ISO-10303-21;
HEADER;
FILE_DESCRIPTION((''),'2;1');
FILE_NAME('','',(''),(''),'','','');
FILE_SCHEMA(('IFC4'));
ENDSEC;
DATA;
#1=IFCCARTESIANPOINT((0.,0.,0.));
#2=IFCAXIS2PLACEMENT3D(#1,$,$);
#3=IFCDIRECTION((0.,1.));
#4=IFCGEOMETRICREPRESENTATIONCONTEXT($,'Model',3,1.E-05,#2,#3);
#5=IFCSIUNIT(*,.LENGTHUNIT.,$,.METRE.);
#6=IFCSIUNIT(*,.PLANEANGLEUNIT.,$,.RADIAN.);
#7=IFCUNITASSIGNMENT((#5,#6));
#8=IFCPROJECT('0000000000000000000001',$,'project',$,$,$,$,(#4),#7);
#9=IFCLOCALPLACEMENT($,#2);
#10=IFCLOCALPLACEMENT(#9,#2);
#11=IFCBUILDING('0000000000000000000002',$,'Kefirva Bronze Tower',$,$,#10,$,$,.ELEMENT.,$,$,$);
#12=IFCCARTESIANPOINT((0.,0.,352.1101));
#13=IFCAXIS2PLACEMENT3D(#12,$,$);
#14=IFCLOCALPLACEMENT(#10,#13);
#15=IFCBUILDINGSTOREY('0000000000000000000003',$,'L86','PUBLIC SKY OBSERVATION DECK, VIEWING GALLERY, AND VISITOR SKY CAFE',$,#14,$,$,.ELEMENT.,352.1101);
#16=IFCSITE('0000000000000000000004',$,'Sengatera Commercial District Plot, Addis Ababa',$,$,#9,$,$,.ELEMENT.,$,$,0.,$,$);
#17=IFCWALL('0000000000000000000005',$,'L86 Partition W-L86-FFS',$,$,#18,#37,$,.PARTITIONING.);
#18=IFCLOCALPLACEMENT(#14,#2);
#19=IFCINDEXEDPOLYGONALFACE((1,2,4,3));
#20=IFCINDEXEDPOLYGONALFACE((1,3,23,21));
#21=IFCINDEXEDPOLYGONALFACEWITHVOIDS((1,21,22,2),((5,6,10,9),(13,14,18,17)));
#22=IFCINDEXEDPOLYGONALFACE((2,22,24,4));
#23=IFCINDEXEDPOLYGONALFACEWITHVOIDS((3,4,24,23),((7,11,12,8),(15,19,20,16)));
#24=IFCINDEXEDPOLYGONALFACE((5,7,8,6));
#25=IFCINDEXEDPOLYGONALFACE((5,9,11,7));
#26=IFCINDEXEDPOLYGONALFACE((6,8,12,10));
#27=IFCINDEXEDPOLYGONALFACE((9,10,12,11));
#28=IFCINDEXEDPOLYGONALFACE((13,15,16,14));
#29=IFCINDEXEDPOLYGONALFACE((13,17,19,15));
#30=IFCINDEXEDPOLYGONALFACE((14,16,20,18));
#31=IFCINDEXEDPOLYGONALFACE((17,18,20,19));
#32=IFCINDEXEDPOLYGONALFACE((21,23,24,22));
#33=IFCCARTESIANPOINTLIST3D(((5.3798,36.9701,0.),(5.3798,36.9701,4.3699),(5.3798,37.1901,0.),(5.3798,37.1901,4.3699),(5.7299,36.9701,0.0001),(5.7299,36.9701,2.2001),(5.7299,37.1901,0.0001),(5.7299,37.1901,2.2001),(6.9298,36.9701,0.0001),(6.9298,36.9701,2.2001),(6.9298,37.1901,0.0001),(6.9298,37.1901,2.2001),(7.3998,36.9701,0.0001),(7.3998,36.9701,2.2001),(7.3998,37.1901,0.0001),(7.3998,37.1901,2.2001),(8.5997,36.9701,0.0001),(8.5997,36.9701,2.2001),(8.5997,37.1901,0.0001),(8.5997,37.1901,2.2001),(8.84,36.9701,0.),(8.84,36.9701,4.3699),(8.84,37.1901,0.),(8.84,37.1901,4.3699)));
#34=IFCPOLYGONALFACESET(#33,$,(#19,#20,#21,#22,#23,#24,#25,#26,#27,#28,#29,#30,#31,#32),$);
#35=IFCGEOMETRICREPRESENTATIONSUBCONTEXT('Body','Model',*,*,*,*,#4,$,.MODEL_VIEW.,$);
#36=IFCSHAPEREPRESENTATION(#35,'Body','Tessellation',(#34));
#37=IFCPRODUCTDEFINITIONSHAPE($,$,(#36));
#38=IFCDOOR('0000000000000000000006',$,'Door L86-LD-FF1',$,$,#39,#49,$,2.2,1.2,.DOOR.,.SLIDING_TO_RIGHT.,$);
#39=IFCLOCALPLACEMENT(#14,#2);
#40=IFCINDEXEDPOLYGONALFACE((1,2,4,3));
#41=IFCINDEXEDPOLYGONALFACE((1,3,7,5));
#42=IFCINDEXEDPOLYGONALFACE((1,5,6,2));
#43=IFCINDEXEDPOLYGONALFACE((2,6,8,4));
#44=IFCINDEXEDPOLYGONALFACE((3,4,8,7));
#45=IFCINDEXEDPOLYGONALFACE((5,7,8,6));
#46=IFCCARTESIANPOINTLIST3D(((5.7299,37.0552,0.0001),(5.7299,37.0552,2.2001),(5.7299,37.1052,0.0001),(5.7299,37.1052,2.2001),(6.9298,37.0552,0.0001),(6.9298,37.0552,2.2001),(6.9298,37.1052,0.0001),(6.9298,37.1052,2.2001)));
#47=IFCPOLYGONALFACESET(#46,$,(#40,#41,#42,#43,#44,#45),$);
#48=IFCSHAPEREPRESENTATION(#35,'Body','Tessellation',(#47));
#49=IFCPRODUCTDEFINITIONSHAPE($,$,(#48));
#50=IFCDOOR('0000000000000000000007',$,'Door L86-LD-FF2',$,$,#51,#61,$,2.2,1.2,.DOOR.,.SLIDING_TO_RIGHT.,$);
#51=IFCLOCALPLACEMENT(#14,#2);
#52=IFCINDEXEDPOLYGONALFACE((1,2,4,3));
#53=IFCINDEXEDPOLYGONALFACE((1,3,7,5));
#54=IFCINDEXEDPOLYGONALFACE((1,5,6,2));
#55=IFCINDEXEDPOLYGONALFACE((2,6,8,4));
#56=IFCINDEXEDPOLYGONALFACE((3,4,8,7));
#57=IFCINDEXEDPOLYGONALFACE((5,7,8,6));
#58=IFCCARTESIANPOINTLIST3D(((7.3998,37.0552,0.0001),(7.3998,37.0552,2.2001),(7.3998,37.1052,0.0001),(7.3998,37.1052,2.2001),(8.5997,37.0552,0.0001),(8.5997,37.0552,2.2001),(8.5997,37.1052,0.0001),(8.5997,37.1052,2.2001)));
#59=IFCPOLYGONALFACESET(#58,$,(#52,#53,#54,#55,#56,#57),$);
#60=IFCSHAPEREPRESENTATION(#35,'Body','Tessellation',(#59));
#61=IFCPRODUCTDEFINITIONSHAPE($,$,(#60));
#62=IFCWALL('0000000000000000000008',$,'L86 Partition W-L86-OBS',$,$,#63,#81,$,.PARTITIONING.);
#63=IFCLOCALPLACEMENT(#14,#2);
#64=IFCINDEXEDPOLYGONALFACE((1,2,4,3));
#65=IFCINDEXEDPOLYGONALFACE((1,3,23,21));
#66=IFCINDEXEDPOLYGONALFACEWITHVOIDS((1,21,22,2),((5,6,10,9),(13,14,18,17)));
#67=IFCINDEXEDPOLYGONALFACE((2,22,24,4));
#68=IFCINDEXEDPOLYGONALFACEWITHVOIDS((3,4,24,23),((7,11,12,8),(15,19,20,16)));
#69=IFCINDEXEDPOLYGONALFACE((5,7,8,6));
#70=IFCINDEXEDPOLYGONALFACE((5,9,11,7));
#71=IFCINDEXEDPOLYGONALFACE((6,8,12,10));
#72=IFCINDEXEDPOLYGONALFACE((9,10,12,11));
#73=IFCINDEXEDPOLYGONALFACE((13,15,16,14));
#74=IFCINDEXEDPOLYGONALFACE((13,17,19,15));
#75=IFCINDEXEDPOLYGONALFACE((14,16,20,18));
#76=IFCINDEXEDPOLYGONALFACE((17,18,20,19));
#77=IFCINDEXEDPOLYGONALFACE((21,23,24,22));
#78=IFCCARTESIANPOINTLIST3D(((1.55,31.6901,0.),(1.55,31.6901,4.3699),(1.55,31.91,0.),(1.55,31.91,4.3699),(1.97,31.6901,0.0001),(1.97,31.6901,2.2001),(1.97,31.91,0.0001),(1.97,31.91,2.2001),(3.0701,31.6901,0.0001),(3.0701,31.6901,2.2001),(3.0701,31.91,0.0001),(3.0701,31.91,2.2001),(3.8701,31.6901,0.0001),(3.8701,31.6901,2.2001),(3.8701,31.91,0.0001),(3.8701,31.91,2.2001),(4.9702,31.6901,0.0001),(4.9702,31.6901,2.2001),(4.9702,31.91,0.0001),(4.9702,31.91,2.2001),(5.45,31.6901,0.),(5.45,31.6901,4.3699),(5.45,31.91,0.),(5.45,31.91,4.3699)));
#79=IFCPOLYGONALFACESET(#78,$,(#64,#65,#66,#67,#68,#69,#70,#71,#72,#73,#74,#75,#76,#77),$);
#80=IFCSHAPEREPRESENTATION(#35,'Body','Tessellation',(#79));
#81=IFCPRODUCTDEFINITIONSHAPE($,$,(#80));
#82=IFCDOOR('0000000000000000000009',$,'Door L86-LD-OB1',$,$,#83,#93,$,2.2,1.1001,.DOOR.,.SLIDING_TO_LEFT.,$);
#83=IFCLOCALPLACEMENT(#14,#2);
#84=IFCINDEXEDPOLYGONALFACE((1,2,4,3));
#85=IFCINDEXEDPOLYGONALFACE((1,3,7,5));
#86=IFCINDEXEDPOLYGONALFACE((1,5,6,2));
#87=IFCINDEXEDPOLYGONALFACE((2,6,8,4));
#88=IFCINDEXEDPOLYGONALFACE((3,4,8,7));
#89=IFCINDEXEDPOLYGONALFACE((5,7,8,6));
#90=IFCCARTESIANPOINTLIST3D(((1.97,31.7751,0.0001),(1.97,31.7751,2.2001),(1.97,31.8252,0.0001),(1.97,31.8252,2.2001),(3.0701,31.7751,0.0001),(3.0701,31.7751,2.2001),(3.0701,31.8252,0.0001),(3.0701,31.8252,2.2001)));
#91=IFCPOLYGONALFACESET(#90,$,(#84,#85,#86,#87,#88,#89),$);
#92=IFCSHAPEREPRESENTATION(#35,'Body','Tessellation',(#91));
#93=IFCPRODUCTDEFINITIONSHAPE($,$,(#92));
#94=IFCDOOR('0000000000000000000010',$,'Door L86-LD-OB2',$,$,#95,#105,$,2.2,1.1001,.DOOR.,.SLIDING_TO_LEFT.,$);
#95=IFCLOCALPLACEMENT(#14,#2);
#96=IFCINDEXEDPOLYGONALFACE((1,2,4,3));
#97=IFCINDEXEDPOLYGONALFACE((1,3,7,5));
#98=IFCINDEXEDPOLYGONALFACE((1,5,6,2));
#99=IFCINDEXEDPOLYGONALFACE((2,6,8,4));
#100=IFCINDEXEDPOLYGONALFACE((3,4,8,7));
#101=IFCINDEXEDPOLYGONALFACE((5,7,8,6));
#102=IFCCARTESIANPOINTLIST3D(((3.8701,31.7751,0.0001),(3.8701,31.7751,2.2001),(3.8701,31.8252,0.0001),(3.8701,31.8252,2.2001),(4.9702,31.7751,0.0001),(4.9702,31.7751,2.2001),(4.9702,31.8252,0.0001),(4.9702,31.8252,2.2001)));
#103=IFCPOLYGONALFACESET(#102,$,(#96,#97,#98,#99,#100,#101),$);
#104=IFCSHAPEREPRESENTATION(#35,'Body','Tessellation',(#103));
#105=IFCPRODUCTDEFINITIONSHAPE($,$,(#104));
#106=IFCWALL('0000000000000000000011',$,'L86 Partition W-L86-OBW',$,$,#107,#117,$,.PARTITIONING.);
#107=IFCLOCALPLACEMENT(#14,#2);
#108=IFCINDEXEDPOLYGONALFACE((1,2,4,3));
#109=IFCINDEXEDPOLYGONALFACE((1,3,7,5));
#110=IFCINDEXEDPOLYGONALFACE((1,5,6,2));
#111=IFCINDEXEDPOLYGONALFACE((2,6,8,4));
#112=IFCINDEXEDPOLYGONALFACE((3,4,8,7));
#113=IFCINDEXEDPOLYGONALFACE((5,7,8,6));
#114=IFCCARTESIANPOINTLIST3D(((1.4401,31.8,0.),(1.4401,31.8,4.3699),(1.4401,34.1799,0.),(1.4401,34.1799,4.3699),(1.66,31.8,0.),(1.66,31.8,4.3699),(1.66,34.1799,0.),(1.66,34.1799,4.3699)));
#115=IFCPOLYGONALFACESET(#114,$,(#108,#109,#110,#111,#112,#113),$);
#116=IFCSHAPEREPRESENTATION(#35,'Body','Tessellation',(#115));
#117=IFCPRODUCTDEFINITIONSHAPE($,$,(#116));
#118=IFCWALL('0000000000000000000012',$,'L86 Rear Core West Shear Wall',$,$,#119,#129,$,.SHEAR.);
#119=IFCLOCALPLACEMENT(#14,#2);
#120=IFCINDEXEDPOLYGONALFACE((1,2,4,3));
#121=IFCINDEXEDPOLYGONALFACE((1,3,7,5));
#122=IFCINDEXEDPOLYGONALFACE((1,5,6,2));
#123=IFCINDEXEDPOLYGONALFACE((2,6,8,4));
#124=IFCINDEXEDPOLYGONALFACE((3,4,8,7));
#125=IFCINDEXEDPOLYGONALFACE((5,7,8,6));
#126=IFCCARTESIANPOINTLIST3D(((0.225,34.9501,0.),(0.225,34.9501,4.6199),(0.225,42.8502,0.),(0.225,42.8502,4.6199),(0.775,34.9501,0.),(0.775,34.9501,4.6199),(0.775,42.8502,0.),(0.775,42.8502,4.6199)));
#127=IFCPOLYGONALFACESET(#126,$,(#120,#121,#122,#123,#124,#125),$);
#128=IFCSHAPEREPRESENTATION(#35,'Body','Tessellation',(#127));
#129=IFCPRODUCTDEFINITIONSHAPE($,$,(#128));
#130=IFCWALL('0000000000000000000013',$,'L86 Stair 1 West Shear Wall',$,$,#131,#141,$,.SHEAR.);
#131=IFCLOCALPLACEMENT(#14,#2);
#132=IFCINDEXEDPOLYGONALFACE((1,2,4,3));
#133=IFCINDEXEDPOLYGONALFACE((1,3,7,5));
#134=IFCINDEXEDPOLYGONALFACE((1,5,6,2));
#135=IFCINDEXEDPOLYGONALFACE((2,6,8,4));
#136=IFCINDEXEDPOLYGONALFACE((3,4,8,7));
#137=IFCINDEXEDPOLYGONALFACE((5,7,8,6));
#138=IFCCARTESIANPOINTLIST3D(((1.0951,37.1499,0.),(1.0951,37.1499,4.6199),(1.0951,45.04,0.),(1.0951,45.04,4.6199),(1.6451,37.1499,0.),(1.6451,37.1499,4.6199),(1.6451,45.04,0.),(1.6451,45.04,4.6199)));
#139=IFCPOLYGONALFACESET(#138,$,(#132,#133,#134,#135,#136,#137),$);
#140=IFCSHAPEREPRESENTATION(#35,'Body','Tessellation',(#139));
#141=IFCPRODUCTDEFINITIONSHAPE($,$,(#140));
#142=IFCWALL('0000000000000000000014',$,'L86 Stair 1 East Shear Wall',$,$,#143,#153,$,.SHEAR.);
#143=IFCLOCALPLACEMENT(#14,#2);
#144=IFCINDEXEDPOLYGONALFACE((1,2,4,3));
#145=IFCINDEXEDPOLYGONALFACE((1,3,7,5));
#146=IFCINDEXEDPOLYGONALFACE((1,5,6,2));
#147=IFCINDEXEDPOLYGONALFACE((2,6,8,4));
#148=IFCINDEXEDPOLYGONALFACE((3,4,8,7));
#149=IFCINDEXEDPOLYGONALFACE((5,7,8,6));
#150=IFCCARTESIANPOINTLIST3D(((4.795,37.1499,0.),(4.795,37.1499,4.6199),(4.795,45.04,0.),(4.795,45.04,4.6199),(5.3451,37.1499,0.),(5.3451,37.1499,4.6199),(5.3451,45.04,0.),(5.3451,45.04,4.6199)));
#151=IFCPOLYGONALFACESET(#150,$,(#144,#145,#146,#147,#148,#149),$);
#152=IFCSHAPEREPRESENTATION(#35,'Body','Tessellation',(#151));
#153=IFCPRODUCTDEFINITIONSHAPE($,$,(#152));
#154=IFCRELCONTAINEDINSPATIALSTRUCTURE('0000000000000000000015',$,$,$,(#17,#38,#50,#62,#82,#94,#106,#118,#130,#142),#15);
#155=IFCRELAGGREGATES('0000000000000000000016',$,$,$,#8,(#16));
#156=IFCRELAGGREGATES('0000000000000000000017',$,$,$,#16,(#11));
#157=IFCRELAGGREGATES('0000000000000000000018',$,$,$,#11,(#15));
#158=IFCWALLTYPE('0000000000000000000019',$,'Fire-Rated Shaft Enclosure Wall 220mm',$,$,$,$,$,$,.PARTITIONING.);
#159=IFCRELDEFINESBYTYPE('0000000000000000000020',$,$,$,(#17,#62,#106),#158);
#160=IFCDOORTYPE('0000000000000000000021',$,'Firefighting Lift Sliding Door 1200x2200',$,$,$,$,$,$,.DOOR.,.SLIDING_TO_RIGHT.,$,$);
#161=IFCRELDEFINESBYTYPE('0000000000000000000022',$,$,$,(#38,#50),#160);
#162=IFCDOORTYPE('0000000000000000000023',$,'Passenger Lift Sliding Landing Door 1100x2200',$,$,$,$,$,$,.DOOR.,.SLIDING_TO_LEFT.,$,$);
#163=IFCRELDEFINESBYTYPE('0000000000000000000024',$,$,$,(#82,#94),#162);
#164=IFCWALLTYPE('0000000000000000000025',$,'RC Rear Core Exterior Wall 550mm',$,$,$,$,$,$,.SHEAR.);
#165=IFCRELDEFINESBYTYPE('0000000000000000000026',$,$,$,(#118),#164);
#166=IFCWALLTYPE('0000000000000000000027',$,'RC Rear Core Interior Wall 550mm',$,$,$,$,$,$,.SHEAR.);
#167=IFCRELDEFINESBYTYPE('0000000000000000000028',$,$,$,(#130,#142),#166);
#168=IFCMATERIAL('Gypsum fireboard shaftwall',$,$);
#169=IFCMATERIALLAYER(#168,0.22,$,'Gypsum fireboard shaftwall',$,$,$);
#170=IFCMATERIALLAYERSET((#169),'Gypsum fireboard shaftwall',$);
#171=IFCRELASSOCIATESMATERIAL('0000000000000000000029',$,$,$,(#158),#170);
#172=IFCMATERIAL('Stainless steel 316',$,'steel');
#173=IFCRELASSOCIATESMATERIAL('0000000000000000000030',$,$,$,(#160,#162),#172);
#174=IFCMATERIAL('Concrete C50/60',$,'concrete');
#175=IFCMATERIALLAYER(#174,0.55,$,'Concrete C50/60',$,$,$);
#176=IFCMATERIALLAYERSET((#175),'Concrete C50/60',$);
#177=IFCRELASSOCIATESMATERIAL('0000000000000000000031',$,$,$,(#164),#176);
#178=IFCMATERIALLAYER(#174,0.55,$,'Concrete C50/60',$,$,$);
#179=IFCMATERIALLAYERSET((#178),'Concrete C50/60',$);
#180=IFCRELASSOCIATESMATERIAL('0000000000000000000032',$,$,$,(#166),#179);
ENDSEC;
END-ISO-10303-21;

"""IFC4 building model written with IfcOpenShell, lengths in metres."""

from ifc_helpers import new_model, si_unit, direction, frame, frame_2d, origin, place, context, subcontext, project, spatial, rectangle, extrude, material, layer, layer_set, type_object, element, fill, save


model = new_model("IFC4")

# Units and contexts
model_context = context("Model", 3, precision=1e-05, world=origin(), true_north=direction((0.0, 1.0)))
body_context = subcontext(model_context, "Body", "Model", "MODEL_VIEW")
ifc_project = project(units=[si_unit("LENGTHUNIT", "METRE"), si_unit("PLANEANGLEUNIT", "RADIAN")], contexts=[model_context])

# Site, building, storey
site_placement = place(None, origin())
site = spatial("IfcSite", under=ifc_project, at=site_placement, Name="Sengatera Commercial District Plot, Addis Ababa", CompositionType="ELEMENT", RefElevation=0.0)
building_placement = place(site_placement, origin())
building = spatial("IfcBuilding", under=site, at=building_placement, Name="Kefirva Bronze Tower", CompositionType="ELEMENT")
storey_placement = place(building_placement, frame((0.0, 0.0, 352.1101)))
storey = spatial("IfcBuildingStorey", under=building, at=storey_placement, Name="L86", Description="PUBLIC SKY OBSERVATION DECK, VIEWING GALLERY, AND VISITOR SKY CAFE", CompositionType="ELEMENT", Elevation=352.1101)

# Shared definitions
ifc_material_1 = material(Name="Concrete C50/60", Category="concrete")

# Shared definitions
ifc_material_2 = material(Name="Gypsum fireboard shaftwall")
ifc_layer_1 = layer(ifc_material_2, 0.22, Name="Gypsum fireboard shaftwall")
ifc_layer_set_1 = layer_set([ifc_layer_1], Name="Gypsum fireboard shaftwall")
wall_type_1 = type_object("IfcWallType", Name="Fire-Rated Shaft Enclosure Wall 220mm", PredefinedType="PARTITIONING", material=ifc_layer_set_1)

# Walls, openings, doors
wall_1_placement = place(storey_placement, frame((5.3799, 37.0801, 0.0), z_axis=(0.0, 0.0, 1.0), x_axis=(1.0, 0.0, 0.0)))
wall_1 = element("IfcWall", 1, at=wall_1_placement, inside=storey, type_object=wall_type_1, Name="L86 Partition W-L86-FFS", PredefinedType="PARTITIONING", context=body_context, shape_type="SweptSolid", body=[
    extrude(rectangle(XDim=3.4602, YDim=0.22, at=frame_2d((1.73, 0.0))), origin(), (0.0, 0.0, 1.0), 4.3699),
])
opening_1_placement = place(wall_1_placement, frame((1.55, 0.0, 0.0), z_axis=(0.0, 0.0, 1.0), x_axis=(-1.0, 0.0, 0.0)))
opening_1 = element("IfcOpeningElement", 2, at=opening_1_placement, cuts=wall_1, PredefinedType="OPENING", context=body_context, shape_type="SweptSolid", body=[
    extrude(rectangle(XDim=1.2, YDim=2.2, at=frame_2d((0.6001, 1.1001))), frame((0.0, 0.1201, 0.0), z_axis=(0.0, -1.0, 0.0), x_axis=(1.0, 0.0, 0.0)), (0.0, 0.0, 1.0), 0.24),
])
opening_2_placement = place(wall_1_placement, frame((3.22, 0.0, 0.0), z_axis=(0.0, 0.0, 1.0), x_axis=(-1.0, 0.0, 0.0)))
opening_2 = element("IfcOpeningElement", 3, at=opening_2_placement, cuts=wall_1, PredefinedType="OPENING", context=body_context, shape_type="SweptSolid", body=[
    extrude(rectangle(XDim=1.2, YDim=2.2, at=frame_2d((0.6001, 1.1001))), frame((0.0, 0.1201, 0.0), z_axis=(0.0, -1.0, 0.0), x_axis=(1.0, 0.0, 0.0)), (0.0, 0.0, 1.0), 0.24),
])
ifc_material_3 = material(Name="Stainless steel 316", Category="steel")
door_type_1 = type_object("IfcDoorType", Name="Firefighting Lift Sliding Door 1200x2200", OperationType="SLIDING_TO_RIGHT", PredefinedType="DOOR", material=ifc_material_3)
door_1_placement = place(opening_1_placement, origin())
door_1 = element("IfcDoor", 4, at=door_1_placement, inside=storey, type_object=door_type_1, Name="Door L86-LD-FF1", OperationType="SLIDING_TO_RIGHT", OverallHeight=2.2, OverallWidth=1.2, PredefinedType="DOOR", context=body_context, shape_type="SweptSolid", body=[
    extrude(rectangle(XDim=1.2, YDim=2.2, at=frame_2d((0.6001, 1.1001))), frame((0.0, 0.0249, 0.0), z_axis=(0.0, -1.0, 0.0), x_axis=(1.0, 0.0, 0.0)), (0.0, 0.0, 1.0), 0.05),
])
fill(opening_1, door_1)
door_2_placement = place(opening_2_placement, origin())
door_2 = element("IfcDoor", 5, at=door_2_placement, inside=storey, type_object=door_type_1, Name="Door L86-LD-FF2", OperationType="SLIDING_TO_RIGHT", OverallHeight=2.2, OverallWidth=1.2, PredefinedType="DOOR", context=body_context, shape_type="SweptSolid", body=[
    extrude(rectangle(XDim=1.2, YDim=2.2, at=frame_2d((0.6001, 1.1001))), frame((0.0, 0.0249, 0.0), z_axis=(0.0, -1.0, 0.0), x_axis=(1.0, 0.0, 0.0)), (0.0, 0.0, 1.0), 0.05),
])
fill(opening_2, door_2)
wall_2_placement = place(storey_placement, frame((1.55, 31.8, 0.0), z_axis=(0.0, 0.0, 1.0), x_axis=(1.0, 0.0, 0.0)))
wall_2 = element("IfcWall", 6, at=wall_2_placement, inside=storey, type_object=wall_type_1, Name="L86 Partition W-L86-OBS", PredefinedType="PARTITIONING", context=body_context, shape_type="SweptSolid", body=[
    extrude(rectangle(XDim=3.8999, YDim=0.22, at=frame_2d((1.95, 0.0))), origin(), (0.0, 0.0, 1.0), 4.3699),
])
opening_3_placement = place(wall_2_placement, frame((1.52, 0.0, 0.0), z_axis=(0.0, 0.0, 1.0), x_axis=(-1.0, 0.0, 0.0)))
opening_3 = element("IfcOpeningElement", 7, at=opening_3_placement, cuts=wall_2, PredefinedType="OPENING", context=body_context, shape_type="SweptSolid", body=[
    extrude(rectangle(XDim=1.1001, YDim=2.2, at=frame_2d((0.55, 1.1001))), frame((0.0, 0.1201, 0.0), z_axis=(0.0, -1.0, 0.0), x_axis=(1.0, 0.0, 0.0)), (0.0, 0.0, 1.0), 0.24),
])
opening_4_placement = place(wall_2_placement, frame((3.4202, 0.0, 0.0), z_axis=(0.0, 0.0, 1.0), x_axis=(-1.0, 0.0, 0.0)))
opening_4 = element("IfcOpeningElement", 8, at=opening_4_placement, cuts=wall_2, PredefinedType="OPENING", context=body_context, shape_type="SweptSolid", body=[
    extrude(rectangle(XDim=1.1001, YDim=2.2, at=frame_2d((0.55, 1.1001))), frame((0.0, 0.1201, 0.0), z_axis=(0.0, -1.0, 0.0), x_axis=(1.0, 0.0, 0.0)), (0.0, 0.0, 1.0), 0.24),
])
door_type_2 = type_object("IfcDoorType", Name="Passenger Lift Sliding Landing Door 1100x2200", OperationType="SLIDING_TO_LEFT", PredefinedType="DOOR", material=ifc_material_3)
door_3_placement = place(opening_3_placement, origin())
door_3 = element("IfcDoor", 9, at=door_3_placement, inside=storey, type_object=door_type_2, Name="Door L86-LD-OB1", OperationType="SLIDING_TO_LEFT", OverallHeight=2.2, OverallWidth=1.1001, PredefinedType="DOOR", context=body_context, shape_type="SweptSolid", body=[
    extrude(rectangle(XDim=1.1001, YDim=2.2, at=frame_2d((0.55, 1.1001))), frame((0.0, 0.0249, 0.0), z_axis=(0.0, -1.0, 0.0), x_axis=(1.0, 0.0, 0.0)), (0.0, 0.0, 1.0), 0.05),
])
fill(opening_3, door_3)
door_4_placement = place(opening_4_placement, origin())
door_4 = element("IfcDoor", 10, at=door_4_placement, inside=storey, type_object=door_type_2, Name="Door L86-LD-OB2", OperationType="SLIDING_TO_LEFT", OverallHeight=2.2, OverallWidth=1.1001, PredefinedType="DOOR", context=body_context, shape_type="SweptSolid", body=[
    extrude(rectangle(XDim=1.1001, YDim=2.2, at=frame_2d((0.55, 1.1001))), frame((0.0, 0.0249, 0.0), z_axis=(0.0, -1.0, 0.0), x_axis=(1.0, 0.0, 0.0)), (0.0, 0.0, 1.0), 0.05),
])
fill(opening_4, door_4)

# Walls
wall_3_placement = place(storey_placement, frame((1.55, 31.8, 0.0), z_axis=(0.0, 0.0, 1.0), x_axis=(0.0, 1.0, 0.0)))
element("IfcWall", 11, at=wall_3_placement, inside=storey, type_object=wall_type_1, Name="L86 Partition W-L86-OBW", PredefinedType="PARTITIONING", context=body_context, shape_type="SweptSolid", body=[
    extrude(rectangle(XDim=2.3799, YDim=0.22, at=frame_2d((1.1899, 0.0))), origin(), (0.0, 0.0, 1.0), 4.3699),
])
ifc_layer_2 = layer(ifc_material_1, 0.55, Name="Concrete C50/60")
ifc_layer_set_2 = layer_set([ifc_layer_2], Name="Concrete C50/60")
wall_type_2 = type_object("IfcWallType", Name="RC Rear Core Exterior Wall 550mm", PredefinedType="SHEAR", material=ifc_layer_set_2)
wall_4_placement = place(storey_placement, frame((0.5, 34.95, 0.0), z_axis=(0.0, 0.0, 1.0), x_axis=(0.0, 1.0, 0.0)))
element("IfcWall", 12, at=wall_4_placement, inside=storey, type_object=wall_type_2, Name="L86 Rear Core West Shear Wall", PredefinedType="SHEAR", context=body_context, shape_type="SweptSolid", body=[
    extrude(rectangle(XDim=7.9001, YDim=0.55, at=frame_2d((3.9502, 0.0))), origin(), (0.0, 0.0, 1.0), 4.6199),
])

# Shared definitions
ifc_layer_3 = layer(ifc_material_1, 0.55, Name="Concrete C50/60")
ifc_layer_set_3 = layer_set([ifc_layer_3], Name="Concrete C50/60")
wall_type_3 = type_object("IfcWallType", Name="RC Rear Core Interior Wall 550mm", PredefinedType="SHEAR", material=ifc_layer_set_3)

# Walls
for number, where, z_axis, x_axis, name in (
    (13, (1.3701, 37.1499, 0.0), (0.0, 0.0, 1.0), (0.0, 1.0, 0.0), "L86 Stair 1 West Shear Wall"),
    (14, (5.0701, 37.1499, 0.0), (0.0, 0.0, 1.0), (0.0, 1.0, 0.0), "L86 Stair 1 East Shear Wall"),
):
    element("IfcWall", number, at=place(storey_placement, frame(where, z_axis=z_axis, x_axis=x_axis)), inside=storey, type_object=wall_type_3, Name=name, PredefinedType="SHEAR", context=body_context, shape_type="SweptSolid", body=[
        extrude(rectangle(XDim=7.8901, YDim=0.55, at=frame_2d((3.9451, 0.0))), origin(), (0.0, 0.0, 1.0), 4.6199),
    ])

save(model, "model.ifc")
